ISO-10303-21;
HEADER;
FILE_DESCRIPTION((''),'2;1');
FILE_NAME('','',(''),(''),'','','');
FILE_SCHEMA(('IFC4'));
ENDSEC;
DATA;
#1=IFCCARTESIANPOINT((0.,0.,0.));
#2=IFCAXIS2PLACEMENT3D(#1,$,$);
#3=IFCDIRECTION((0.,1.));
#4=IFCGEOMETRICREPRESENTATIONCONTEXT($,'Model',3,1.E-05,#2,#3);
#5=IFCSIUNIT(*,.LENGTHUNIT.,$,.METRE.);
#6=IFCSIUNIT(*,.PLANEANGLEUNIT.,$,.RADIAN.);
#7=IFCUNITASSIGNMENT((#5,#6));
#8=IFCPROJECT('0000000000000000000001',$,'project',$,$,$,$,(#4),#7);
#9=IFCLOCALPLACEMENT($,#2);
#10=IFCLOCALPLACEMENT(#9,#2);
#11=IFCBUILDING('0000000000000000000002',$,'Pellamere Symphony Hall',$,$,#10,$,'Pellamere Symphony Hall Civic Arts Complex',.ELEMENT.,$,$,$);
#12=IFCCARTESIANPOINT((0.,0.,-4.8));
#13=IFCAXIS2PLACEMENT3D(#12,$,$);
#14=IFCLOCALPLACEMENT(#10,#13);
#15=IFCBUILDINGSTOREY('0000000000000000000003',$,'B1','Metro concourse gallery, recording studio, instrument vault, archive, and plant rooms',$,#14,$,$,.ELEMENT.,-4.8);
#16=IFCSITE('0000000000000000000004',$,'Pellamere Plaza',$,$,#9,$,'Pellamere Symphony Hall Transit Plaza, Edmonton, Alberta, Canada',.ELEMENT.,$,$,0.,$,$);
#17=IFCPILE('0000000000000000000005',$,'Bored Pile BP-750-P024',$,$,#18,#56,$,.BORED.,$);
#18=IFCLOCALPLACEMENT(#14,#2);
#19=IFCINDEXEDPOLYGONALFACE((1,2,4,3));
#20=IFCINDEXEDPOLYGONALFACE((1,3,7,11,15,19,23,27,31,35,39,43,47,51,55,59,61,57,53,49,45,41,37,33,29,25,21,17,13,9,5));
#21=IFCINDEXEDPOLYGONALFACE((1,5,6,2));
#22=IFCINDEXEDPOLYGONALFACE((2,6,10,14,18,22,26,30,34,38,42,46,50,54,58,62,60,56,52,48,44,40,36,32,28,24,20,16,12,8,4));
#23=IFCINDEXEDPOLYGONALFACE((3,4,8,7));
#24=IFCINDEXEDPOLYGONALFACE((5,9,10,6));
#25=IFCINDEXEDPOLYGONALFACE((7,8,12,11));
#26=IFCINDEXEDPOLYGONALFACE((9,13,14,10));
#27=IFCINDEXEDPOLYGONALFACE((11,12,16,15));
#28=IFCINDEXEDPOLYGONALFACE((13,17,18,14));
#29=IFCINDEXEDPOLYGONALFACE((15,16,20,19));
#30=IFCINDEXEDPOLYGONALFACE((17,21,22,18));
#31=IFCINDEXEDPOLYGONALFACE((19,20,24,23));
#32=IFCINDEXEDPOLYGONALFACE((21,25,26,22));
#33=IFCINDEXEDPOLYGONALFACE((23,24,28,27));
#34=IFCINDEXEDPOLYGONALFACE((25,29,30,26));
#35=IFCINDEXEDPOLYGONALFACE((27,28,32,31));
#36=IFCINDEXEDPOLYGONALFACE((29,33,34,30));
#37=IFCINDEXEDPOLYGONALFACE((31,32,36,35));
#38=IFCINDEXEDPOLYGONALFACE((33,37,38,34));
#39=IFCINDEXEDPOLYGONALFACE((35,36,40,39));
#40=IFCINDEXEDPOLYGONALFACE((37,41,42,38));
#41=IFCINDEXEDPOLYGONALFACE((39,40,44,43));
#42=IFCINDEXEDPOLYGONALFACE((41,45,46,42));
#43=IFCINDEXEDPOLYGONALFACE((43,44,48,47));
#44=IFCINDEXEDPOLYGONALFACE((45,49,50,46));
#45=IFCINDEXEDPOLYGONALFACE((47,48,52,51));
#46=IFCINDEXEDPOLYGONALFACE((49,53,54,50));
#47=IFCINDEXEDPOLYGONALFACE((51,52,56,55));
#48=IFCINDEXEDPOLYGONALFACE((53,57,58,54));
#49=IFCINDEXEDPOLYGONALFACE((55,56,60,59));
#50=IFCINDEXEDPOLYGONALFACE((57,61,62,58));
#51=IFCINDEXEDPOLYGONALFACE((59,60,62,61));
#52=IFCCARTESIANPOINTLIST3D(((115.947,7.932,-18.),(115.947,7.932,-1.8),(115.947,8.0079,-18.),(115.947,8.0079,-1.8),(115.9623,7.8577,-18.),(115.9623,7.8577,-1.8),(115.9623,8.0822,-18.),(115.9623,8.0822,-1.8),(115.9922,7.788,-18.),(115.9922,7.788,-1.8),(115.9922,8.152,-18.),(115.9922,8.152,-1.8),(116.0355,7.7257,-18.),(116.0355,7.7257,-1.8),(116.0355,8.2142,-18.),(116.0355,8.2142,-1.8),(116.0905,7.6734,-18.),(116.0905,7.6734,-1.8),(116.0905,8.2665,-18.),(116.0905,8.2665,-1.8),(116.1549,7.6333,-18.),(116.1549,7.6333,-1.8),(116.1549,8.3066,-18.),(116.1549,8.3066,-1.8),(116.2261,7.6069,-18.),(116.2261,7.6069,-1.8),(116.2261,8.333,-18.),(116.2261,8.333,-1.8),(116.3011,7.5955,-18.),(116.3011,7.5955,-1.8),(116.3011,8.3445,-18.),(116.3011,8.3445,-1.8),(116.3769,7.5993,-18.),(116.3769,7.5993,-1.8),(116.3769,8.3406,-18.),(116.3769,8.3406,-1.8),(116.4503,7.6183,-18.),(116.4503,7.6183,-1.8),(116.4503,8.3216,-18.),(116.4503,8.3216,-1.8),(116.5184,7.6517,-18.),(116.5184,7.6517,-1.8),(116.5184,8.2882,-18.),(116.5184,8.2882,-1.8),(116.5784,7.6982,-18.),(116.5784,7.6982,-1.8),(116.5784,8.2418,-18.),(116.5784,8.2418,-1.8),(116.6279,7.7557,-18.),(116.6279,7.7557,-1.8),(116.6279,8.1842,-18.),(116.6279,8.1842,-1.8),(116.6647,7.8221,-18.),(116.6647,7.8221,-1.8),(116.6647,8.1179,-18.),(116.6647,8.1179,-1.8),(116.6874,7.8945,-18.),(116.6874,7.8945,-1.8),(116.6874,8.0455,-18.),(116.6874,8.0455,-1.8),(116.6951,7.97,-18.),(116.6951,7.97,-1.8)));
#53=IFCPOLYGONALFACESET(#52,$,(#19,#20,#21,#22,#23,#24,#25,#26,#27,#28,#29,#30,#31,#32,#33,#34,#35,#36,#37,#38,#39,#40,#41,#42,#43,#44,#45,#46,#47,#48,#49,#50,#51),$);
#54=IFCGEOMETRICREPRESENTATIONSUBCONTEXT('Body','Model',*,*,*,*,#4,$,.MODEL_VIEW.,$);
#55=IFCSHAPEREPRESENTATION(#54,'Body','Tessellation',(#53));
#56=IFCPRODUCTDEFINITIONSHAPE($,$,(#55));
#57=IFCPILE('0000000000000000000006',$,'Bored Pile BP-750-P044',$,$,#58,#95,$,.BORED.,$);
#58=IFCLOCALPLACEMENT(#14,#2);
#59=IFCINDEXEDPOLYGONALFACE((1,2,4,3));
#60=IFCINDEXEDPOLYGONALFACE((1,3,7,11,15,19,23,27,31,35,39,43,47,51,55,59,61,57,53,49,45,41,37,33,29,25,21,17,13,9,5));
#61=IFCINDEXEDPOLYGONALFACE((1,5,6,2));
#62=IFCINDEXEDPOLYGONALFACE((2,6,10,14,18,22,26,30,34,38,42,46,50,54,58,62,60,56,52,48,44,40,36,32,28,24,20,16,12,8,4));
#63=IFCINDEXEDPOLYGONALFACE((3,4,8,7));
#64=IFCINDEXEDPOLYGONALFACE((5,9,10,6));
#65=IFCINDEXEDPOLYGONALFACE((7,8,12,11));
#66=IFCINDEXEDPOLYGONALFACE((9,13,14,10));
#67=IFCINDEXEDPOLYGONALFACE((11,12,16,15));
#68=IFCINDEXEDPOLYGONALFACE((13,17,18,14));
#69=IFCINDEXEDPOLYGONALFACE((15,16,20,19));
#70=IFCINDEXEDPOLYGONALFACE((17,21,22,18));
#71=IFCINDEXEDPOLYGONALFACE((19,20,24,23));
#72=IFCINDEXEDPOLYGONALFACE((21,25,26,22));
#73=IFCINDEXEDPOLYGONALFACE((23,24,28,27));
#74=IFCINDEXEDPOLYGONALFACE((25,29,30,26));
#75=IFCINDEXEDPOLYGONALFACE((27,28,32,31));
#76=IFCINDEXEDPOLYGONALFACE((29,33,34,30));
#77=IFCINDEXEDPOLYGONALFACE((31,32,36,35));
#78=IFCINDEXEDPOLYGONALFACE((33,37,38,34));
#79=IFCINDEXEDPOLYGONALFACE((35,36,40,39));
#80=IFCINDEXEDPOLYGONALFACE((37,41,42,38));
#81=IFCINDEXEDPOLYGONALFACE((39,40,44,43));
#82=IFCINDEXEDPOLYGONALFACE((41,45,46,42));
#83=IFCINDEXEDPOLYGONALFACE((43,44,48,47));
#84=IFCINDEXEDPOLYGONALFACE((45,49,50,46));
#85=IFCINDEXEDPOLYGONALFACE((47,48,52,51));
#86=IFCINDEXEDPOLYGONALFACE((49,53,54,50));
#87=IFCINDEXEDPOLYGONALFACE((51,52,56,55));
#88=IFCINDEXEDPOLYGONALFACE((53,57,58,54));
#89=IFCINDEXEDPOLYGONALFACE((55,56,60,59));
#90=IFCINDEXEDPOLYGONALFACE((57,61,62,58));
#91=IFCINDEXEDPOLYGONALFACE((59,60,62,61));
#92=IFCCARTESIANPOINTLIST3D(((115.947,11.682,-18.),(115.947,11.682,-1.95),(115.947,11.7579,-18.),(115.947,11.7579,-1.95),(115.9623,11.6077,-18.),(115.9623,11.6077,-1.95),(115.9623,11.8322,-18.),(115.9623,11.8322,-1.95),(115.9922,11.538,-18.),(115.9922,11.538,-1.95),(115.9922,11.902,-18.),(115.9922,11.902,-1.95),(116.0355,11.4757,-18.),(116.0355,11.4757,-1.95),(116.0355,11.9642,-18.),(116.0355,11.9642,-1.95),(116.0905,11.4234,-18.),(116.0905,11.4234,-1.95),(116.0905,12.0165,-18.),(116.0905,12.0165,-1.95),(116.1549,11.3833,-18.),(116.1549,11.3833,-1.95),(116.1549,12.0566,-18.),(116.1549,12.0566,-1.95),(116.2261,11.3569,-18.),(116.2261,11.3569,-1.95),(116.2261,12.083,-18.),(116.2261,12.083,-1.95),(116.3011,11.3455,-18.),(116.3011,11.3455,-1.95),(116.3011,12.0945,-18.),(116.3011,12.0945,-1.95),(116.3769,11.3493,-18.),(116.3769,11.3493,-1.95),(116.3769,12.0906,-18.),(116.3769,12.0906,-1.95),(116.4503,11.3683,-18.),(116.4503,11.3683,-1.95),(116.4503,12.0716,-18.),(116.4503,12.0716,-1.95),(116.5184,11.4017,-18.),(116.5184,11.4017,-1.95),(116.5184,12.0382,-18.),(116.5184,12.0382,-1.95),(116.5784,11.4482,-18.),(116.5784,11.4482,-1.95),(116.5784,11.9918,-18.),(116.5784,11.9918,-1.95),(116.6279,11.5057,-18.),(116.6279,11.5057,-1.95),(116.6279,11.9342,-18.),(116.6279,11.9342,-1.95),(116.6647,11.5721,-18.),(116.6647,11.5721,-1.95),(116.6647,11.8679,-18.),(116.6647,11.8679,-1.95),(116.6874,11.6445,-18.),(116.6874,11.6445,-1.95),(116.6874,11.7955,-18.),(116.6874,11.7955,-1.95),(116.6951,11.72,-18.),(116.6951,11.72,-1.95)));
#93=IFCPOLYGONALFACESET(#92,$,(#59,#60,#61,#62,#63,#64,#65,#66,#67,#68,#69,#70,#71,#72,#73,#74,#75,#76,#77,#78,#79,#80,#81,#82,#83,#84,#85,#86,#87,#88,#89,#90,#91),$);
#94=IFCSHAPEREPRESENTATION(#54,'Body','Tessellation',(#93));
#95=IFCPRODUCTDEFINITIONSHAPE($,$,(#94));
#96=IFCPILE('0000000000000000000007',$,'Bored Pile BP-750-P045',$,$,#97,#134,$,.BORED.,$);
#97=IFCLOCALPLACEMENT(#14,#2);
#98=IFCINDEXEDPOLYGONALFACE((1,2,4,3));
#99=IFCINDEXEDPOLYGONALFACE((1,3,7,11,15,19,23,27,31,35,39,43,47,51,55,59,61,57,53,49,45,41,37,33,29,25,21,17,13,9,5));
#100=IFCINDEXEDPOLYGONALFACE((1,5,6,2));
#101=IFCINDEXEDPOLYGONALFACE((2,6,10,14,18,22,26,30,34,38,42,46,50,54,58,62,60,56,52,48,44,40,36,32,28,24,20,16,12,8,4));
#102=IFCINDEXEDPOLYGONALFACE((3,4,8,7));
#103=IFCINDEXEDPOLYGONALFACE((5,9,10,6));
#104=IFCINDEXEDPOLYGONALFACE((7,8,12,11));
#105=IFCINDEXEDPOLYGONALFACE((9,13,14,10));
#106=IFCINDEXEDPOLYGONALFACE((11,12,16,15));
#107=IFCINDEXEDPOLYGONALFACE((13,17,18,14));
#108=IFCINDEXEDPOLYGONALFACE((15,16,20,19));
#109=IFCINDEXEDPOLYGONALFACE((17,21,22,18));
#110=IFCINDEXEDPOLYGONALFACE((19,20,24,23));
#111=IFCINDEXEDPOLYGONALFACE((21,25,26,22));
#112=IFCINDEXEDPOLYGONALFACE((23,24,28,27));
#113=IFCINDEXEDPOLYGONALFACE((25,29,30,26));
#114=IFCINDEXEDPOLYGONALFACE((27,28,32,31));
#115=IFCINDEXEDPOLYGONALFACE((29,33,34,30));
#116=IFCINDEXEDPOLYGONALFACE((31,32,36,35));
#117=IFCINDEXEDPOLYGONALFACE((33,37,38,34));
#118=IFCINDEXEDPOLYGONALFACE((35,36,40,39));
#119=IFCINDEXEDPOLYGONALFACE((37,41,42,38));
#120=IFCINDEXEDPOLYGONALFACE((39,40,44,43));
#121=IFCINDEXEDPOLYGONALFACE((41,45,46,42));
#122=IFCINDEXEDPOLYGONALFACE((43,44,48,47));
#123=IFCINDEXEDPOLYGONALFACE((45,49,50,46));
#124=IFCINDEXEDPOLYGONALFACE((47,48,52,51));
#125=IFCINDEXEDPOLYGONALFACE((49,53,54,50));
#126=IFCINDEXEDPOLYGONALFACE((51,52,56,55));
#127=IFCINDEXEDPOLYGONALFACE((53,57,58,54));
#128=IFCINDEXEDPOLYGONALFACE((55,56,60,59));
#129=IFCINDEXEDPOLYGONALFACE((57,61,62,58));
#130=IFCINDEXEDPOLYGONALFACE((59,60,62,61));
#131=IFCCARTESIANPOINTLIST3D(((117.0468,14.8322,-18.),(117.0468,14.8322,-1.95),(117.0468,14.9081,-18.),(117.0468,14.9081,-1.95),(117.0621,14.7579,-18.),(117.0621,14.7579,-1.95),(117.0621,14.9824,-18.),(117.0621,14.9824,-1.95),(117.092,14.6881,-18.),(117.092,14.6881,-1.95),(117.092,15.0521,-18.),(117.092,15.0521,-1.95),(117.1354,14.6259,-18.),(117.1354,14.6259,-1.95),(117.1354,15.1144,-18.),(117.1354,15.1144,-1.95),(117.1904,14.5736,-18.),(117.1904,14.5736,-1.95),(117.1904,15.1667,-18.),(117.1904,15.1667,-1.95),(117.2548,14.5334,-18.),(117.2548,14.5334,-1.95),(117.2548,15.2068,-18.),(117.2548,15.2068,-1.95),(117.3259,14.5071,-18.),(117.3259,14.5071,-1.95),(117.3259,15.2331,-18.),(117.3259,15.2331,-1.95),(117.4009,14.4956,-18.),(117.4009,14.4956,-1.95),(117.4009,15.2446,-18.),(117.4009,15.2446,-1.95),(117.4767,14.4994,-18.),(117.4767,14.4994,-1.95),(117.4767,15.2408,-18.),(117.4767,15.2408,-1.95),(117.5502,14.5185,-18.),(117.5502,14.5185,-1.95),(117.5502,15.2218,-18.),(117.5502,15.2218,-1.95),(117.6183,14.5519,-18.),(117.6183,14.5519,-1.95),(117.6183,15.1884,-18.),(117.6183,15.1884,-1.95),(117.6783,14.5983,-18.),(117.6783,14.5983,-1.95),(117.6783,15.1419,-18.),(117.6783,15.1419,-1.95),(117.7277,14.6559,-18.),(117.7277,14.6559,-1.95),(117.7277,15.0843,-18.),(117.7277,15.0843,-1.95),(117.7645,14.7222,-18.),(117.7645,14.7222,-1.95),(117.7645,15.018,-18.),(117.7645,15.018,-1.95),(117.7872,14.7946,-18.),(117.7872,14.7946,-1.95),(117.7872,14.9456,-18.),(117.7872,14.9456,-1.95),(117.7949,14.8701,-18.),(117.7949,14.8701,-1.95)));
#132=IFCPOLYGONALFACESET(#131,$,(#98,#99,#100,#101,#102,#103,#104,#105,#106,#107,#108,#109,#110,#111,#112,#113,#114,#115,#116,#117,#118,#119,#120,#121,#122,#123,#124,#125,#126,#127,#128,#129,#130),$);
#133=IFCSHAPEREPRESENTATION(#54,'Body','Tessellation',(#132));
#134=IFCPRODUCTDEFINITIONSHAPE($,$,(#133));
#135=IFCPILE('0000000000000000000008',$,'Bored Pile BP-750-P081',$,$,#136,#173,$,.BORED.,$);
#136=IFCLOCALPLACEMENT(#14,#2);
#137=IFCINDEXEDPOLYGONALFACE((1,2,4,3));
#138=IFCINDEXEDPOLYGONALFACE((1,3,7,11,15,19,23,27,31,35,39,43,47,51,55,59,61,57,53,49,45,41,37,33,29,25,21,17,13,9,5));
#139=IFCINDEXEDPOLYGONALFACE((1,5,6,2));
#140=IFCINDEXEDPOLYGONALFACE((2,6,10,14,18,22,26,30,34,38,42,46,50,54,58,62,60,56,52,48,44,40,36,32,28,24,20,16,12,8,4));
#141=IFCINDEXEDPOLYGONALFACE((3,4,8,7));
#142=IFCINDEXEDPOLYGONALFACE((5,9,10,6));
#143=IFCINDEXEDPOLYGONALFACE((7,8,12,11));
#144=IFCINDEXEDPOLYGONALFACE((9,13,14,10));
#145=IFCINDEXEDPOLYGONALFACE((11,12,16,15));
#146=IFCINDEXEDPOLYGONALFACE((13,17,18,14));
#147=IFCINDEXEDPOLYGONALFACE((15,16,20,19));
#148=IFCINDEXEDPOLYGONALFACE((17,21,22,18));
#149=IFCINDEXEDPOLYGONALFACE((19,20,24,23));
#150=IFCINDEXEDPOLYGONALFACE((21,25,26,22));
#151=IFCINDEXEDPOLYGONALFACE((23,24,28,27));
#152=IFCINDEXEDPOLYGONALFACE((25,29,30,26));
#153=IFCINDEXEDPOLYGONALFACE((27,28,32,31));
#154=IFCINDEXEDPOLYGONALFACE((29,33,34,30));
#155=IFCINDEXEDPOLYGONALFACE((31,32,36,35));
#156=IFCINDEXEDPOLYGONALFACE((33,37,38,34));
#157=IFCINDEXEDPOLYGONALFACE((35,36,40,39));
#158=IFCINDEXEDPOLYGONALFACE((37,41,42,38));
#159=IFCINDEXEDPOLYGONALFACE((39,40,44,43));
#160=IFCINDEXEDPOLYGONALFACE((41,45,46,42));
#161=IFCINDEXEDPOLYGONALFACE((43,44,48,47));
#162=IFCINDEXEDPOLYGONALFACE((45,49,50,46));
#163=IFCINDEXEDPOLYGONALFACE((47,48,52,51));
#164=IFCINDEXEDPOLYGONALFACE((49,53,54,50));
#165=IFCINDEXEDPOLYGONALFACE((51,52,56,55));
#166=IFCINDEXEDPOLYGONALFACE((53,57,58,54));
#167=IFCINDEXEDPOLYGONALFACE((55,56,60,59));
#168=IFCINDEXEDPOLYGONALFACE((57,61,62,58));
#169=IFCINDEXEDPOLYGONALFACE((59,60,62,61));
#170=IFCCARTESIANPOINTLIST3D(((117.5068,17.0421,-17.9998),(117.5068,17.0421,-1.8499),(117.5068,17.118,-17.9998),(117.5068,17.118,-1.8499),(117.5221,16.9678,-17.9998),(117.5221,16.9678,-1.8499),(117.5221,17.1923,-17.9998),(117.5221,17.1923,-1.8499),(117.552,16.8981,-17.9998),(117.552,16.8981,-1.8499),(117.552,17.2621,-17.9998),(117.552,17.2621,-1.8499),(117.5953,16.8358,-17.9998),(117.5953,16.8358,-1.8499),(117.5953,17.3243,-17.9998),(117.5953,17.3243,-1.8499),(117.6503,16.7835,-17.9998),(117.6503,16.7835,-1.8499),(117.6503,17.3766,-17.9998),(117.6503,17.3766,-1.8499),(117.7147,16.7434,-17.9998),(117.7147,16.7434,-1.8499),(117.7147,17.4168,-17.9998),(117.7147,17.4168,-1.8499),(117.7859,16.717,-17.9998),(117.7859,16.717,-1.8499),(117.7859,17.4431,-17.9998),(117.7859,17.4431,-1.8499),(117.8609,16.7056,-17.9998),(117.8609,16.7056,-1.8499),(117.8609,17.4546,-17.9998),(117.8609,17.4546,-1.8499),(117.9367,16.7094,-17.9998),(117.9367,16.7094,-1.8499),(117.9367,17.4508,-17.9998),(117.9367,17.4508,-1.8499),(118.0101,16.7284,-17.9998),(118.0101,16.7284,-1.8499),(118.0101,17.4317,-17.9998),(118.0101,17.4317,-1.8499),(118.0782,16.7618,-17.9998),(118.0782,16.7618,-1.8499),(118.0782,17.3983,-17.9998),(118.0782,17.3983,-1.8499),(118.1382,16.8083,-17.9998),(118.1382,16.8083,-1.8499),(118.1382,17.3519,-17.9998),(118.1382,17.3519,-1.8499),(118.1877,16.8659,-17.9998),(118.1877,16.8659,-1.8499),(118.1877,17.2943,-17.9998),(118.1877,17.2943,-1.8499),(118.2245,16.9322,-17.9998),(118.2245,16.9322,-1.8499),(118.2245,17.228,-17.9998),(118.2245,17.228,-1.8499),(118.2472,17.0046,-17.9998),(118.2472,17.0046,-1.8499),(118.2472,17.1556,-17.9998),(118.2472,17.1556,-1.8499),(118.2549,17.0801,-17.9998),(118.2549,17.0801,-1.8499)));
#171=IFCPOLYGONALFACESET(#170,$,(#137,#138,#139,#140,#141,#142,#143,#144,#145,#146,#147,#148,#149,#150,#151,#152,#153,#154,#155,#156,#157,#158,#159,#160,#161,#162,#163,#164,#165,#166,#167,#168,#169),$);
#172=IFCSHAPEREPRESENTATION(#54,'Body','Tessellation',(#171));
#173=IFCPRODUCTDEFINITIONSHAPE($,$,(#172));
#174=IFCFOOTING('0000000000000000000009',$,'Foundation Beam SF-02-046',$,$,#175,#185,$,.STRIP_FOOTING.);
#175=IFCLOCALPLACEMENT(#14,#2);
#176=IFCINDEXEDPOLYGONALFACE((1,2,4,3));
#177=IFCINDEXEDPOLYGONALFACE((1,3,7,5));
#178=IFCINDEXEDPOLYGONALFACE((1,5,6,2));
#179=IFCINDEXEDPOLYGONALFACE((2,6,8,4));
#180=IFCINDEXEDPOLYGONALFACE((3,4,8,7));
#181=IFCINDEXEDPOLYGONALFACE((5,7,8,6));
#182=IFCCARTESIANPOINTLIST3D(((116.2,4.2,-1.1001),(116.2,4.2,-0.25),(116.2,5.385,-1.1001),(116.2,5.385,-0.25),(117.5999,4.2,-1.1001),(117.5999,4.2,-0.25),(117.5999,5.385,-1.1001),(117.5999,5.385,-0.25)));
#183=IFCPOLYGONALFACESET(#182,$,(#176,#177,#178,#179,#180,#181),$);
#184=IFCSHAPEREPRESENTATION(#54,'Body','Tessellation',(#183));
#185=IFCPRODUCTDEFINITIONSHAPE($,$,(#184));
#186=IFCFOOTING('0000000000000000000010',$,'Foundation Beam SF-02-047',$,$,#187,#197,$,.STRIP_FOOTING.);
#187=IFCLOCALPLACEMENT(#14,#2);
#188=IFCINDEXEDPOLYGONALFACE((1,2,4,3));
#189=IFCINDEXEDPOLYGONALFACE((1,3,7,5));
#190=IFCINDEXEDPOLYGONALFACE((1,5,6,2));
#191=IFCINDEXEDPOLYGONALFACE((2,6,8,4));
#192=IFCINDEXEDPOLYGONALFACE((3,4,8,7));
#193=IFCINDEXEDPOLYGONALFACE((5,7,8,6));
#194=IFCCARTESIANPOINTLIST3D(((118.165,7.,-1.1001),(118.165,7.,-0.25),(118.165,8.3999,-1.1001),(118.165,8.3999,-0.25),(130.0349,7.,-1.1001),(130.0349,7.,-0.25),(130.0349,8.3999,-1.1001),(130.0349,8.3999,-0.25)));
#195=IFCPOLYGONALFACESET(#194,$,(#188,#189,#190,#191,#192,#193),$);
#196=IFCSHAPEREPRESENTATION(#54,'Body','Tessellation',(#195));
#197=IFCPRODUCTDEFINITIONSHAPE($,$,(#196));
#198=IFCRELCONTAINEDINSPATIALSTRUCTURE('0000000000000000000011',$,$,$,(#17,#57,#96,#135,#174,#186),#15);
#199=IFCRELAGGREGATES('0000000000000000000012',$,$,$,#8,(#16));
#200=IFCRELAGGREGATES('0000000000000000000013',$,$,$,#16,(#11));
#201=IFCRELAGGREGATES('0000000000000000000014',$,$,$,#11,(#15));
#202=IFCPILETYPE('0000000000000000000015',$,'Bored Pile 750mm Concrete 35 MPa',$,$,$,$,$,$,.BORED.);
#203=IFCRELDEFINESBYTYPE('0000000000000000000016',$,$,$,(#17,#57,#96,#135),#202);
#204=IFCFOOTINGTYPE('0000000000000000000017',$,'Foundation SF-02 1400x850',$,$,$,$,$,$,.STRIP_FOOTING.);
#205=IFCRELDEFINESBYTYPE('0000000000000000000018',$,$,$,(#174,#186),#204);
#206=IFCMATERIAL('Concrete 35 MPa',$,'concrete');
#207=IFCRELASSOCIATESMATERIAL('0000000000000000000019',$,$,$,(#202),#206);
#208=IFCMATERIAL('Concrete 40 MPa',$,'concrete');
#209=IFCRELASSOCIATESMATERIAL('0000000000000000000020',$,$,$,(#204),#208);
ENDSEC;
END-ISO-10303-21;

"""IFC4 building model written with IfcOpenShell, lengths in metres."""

from ifc_helpers import new_model, si_unit, direction, frame, origin, origin_2d, place, context, subcontext, project, spatial, rectangle, circle, extrude, material, material_profile, profile_set, type_object, element, save


model = new_model("IFC4")

# Units and contexts
model_context = context("Model", 3, precision=1e-05, world=origin(), true_north=direction((0.0, 1.0)))
body_context = subcontext(model_context, "Body", "Model", "MODEL_VIEW")
ifc_project = project(units=[si_unit("LENGTHUNIT", "METRE"), si_unit("PLANEANGLEUNIT", "RADIAN")], contexts=[model_context])

# Site, building, storey
site_placement = place(None, origin())
site = spatial("IfcSite", under=ifc_project, at=site_placement, Name="Pellamere Plaza", LongName="Pellamere Symphony Hall Transit Plaza, Edmonton, Alberta, Canada", CompositionType="ELEMENT", RefElevation=0.0)
building_placement = place(site_placement, origin())
building = spatial("IfcBuilding", under=site, at=building_placement, Name="Pellamere Symphony Hall", LongName="Pellamere Symphony Hall Civic Arts Complex", CompositionType="ELEMENT")
storey_placement = place(building_placement, frame((0.0, 0.0, -4.8)))
storey = spatial("IfcBuildingStorey", under=building, at=storey_placement, Name="B1", Description="Metro concourse gallery, recording studio, instrument vault, archive, and plant rooms", CompositionType="ELEMENT", Elevation=-4.8)

# Piles
ifc_material_1 = material(Name="Concrete 35 MPa", Category="concrete")
ifc_material_profile_1 = material_profile(ifc_material_1, circle(Radius=0.375, at=origin_2d()), Name="PILE D750")
ifc_profile_set_1 = profile_set([ifc_material_profile_1], Name="Concrete 35 MPa")
pile_type = type_object("IfcPileType", Name="Bored Pile 750mm Concrete 35 MPa", PredefinedType="BORED", material=ifc_profile_set_1)
pile_1_placement = place(storey_placement, frame((116.3201, 7.97, -1.8), z_axis=(0.0, 0.0, -1.0), x_axis=(1.0, 0.0, 0.0)))
element("IfcPile", 1, at=pile_1_placement, inside=storey, type_object=pile_type, Name="Bored Pile BP-750-P024", PredefinedType="BORED", context=body_context, shape_type="SweptSolid", body=[
    extrude(circle(Radius=0.375, at=origin_2d()), origin(), (0.0, 0.0, 1.0), 16.2),
])
for number, where, z_axis, x_axis, name in (
    (2, (116.3201, 11.72, -1.95), (0.0, 0.0, -1.0), (1.0, 0.0, 0.0), "Bored Pile BP-750-P044"),
    (3, (117.4199, 14.8701, -1.95), (0.0, 0.0, -1.0), (1.0, 0.0, 0.0), "Bored Pile BP-750-P045"),
):
    element("IfcPile", number, at=place(storey_placement, frame(where, z_axis=z_axis, x_axis=x_axis)), inside=storey, type_object=pile_type, Name=name, PredefinedType="BORED", context=body_context, shape_type="SweptSolid", body=[
        extrude(circle(Radius=0.375, at=origin_2d()), origin(), (0.0, 0.0, 1.0), 16.05),
    ])
pile_2_placement = place(storey_placement, frame((117.8799, 17.0801, -1.8499), z_axis=(0.0, 0.0, -1.0), x_axis=(1.0, 0.0, 0.0)))
element("IfcPile", 4, at=pile_2_placement, inside=storey, type_object=pile_type, Name="Bored Pile BP-750-P081", PredefinedType="BORED", context=body_context, shape_type="SweptSolid", body=[
    extrude(circle(Radius=0.375, at=origin_2d()), origin(), (0.0, 0.0, 1.0), 16.1499),
])

# Footings
ifc_material_2 = material(Name="Concrete 40 MPa", Category="concrete")
ifc_material_profile_2 = material_profile(ifc_material_2, rectangle(XDim=1.3999, YDim=0.8501, at=origin_2d()), Name="RC 1400x850")
ifc_profile_set_2 = profile_set([ifc_material_profile_2], Name="Concrete 40 MPa")
footing_type = type_object("IfcFootingType", Name="Foundation SF-02 1400x850", PredefinedType="STRIP_FOOTING", material=ifc_profile_set_2)
footing_placement = place(storey_placement, frame((116.8999, 4.2, -0.675), z_axis=(0.0, 1.0, 0.0), x_axis=(-1.0, 0.0, 0.0)))
element("IfcFooting", 5, at=footing_placement, inside=storey, type_object=footing_type, Name="Foundation Beam SF-02-046", PredefinedType="STRIP_FOOTING", context=body_context, shape_type="SweptSolid", body=[
    extrude(rectangle(XDim=1.3999, YDim=0.8501, at=origin_2d()), origin(), (0.0, 0.0, 1.0), 1.1851),
])
for number, where, z_axis, x_axis, name in (
    (6, (118.165, 7.7, -0.675), (1.0, 0.0, 0.0), (0.0, 1.0, 0.0), "Foundation Beam SF-02-047"),
):
    element("IfcFooting", number, at=place(storey_placement, frame(where, z_axis=z_axis, x_axis=x_axis)), inside=storey, type_object=footing_type, Name=name, PredefinedType="STRIP_FOOTING", context=body_context, shape_type="SweptSolid", body=[
        extrude(rectangle(XDim=1.3999, YDim=0.8501, at=origin_2d()), origin(), (0.0, 0.0, 1.0), 11.8699),
    ])

save(model, "model.ifc")
